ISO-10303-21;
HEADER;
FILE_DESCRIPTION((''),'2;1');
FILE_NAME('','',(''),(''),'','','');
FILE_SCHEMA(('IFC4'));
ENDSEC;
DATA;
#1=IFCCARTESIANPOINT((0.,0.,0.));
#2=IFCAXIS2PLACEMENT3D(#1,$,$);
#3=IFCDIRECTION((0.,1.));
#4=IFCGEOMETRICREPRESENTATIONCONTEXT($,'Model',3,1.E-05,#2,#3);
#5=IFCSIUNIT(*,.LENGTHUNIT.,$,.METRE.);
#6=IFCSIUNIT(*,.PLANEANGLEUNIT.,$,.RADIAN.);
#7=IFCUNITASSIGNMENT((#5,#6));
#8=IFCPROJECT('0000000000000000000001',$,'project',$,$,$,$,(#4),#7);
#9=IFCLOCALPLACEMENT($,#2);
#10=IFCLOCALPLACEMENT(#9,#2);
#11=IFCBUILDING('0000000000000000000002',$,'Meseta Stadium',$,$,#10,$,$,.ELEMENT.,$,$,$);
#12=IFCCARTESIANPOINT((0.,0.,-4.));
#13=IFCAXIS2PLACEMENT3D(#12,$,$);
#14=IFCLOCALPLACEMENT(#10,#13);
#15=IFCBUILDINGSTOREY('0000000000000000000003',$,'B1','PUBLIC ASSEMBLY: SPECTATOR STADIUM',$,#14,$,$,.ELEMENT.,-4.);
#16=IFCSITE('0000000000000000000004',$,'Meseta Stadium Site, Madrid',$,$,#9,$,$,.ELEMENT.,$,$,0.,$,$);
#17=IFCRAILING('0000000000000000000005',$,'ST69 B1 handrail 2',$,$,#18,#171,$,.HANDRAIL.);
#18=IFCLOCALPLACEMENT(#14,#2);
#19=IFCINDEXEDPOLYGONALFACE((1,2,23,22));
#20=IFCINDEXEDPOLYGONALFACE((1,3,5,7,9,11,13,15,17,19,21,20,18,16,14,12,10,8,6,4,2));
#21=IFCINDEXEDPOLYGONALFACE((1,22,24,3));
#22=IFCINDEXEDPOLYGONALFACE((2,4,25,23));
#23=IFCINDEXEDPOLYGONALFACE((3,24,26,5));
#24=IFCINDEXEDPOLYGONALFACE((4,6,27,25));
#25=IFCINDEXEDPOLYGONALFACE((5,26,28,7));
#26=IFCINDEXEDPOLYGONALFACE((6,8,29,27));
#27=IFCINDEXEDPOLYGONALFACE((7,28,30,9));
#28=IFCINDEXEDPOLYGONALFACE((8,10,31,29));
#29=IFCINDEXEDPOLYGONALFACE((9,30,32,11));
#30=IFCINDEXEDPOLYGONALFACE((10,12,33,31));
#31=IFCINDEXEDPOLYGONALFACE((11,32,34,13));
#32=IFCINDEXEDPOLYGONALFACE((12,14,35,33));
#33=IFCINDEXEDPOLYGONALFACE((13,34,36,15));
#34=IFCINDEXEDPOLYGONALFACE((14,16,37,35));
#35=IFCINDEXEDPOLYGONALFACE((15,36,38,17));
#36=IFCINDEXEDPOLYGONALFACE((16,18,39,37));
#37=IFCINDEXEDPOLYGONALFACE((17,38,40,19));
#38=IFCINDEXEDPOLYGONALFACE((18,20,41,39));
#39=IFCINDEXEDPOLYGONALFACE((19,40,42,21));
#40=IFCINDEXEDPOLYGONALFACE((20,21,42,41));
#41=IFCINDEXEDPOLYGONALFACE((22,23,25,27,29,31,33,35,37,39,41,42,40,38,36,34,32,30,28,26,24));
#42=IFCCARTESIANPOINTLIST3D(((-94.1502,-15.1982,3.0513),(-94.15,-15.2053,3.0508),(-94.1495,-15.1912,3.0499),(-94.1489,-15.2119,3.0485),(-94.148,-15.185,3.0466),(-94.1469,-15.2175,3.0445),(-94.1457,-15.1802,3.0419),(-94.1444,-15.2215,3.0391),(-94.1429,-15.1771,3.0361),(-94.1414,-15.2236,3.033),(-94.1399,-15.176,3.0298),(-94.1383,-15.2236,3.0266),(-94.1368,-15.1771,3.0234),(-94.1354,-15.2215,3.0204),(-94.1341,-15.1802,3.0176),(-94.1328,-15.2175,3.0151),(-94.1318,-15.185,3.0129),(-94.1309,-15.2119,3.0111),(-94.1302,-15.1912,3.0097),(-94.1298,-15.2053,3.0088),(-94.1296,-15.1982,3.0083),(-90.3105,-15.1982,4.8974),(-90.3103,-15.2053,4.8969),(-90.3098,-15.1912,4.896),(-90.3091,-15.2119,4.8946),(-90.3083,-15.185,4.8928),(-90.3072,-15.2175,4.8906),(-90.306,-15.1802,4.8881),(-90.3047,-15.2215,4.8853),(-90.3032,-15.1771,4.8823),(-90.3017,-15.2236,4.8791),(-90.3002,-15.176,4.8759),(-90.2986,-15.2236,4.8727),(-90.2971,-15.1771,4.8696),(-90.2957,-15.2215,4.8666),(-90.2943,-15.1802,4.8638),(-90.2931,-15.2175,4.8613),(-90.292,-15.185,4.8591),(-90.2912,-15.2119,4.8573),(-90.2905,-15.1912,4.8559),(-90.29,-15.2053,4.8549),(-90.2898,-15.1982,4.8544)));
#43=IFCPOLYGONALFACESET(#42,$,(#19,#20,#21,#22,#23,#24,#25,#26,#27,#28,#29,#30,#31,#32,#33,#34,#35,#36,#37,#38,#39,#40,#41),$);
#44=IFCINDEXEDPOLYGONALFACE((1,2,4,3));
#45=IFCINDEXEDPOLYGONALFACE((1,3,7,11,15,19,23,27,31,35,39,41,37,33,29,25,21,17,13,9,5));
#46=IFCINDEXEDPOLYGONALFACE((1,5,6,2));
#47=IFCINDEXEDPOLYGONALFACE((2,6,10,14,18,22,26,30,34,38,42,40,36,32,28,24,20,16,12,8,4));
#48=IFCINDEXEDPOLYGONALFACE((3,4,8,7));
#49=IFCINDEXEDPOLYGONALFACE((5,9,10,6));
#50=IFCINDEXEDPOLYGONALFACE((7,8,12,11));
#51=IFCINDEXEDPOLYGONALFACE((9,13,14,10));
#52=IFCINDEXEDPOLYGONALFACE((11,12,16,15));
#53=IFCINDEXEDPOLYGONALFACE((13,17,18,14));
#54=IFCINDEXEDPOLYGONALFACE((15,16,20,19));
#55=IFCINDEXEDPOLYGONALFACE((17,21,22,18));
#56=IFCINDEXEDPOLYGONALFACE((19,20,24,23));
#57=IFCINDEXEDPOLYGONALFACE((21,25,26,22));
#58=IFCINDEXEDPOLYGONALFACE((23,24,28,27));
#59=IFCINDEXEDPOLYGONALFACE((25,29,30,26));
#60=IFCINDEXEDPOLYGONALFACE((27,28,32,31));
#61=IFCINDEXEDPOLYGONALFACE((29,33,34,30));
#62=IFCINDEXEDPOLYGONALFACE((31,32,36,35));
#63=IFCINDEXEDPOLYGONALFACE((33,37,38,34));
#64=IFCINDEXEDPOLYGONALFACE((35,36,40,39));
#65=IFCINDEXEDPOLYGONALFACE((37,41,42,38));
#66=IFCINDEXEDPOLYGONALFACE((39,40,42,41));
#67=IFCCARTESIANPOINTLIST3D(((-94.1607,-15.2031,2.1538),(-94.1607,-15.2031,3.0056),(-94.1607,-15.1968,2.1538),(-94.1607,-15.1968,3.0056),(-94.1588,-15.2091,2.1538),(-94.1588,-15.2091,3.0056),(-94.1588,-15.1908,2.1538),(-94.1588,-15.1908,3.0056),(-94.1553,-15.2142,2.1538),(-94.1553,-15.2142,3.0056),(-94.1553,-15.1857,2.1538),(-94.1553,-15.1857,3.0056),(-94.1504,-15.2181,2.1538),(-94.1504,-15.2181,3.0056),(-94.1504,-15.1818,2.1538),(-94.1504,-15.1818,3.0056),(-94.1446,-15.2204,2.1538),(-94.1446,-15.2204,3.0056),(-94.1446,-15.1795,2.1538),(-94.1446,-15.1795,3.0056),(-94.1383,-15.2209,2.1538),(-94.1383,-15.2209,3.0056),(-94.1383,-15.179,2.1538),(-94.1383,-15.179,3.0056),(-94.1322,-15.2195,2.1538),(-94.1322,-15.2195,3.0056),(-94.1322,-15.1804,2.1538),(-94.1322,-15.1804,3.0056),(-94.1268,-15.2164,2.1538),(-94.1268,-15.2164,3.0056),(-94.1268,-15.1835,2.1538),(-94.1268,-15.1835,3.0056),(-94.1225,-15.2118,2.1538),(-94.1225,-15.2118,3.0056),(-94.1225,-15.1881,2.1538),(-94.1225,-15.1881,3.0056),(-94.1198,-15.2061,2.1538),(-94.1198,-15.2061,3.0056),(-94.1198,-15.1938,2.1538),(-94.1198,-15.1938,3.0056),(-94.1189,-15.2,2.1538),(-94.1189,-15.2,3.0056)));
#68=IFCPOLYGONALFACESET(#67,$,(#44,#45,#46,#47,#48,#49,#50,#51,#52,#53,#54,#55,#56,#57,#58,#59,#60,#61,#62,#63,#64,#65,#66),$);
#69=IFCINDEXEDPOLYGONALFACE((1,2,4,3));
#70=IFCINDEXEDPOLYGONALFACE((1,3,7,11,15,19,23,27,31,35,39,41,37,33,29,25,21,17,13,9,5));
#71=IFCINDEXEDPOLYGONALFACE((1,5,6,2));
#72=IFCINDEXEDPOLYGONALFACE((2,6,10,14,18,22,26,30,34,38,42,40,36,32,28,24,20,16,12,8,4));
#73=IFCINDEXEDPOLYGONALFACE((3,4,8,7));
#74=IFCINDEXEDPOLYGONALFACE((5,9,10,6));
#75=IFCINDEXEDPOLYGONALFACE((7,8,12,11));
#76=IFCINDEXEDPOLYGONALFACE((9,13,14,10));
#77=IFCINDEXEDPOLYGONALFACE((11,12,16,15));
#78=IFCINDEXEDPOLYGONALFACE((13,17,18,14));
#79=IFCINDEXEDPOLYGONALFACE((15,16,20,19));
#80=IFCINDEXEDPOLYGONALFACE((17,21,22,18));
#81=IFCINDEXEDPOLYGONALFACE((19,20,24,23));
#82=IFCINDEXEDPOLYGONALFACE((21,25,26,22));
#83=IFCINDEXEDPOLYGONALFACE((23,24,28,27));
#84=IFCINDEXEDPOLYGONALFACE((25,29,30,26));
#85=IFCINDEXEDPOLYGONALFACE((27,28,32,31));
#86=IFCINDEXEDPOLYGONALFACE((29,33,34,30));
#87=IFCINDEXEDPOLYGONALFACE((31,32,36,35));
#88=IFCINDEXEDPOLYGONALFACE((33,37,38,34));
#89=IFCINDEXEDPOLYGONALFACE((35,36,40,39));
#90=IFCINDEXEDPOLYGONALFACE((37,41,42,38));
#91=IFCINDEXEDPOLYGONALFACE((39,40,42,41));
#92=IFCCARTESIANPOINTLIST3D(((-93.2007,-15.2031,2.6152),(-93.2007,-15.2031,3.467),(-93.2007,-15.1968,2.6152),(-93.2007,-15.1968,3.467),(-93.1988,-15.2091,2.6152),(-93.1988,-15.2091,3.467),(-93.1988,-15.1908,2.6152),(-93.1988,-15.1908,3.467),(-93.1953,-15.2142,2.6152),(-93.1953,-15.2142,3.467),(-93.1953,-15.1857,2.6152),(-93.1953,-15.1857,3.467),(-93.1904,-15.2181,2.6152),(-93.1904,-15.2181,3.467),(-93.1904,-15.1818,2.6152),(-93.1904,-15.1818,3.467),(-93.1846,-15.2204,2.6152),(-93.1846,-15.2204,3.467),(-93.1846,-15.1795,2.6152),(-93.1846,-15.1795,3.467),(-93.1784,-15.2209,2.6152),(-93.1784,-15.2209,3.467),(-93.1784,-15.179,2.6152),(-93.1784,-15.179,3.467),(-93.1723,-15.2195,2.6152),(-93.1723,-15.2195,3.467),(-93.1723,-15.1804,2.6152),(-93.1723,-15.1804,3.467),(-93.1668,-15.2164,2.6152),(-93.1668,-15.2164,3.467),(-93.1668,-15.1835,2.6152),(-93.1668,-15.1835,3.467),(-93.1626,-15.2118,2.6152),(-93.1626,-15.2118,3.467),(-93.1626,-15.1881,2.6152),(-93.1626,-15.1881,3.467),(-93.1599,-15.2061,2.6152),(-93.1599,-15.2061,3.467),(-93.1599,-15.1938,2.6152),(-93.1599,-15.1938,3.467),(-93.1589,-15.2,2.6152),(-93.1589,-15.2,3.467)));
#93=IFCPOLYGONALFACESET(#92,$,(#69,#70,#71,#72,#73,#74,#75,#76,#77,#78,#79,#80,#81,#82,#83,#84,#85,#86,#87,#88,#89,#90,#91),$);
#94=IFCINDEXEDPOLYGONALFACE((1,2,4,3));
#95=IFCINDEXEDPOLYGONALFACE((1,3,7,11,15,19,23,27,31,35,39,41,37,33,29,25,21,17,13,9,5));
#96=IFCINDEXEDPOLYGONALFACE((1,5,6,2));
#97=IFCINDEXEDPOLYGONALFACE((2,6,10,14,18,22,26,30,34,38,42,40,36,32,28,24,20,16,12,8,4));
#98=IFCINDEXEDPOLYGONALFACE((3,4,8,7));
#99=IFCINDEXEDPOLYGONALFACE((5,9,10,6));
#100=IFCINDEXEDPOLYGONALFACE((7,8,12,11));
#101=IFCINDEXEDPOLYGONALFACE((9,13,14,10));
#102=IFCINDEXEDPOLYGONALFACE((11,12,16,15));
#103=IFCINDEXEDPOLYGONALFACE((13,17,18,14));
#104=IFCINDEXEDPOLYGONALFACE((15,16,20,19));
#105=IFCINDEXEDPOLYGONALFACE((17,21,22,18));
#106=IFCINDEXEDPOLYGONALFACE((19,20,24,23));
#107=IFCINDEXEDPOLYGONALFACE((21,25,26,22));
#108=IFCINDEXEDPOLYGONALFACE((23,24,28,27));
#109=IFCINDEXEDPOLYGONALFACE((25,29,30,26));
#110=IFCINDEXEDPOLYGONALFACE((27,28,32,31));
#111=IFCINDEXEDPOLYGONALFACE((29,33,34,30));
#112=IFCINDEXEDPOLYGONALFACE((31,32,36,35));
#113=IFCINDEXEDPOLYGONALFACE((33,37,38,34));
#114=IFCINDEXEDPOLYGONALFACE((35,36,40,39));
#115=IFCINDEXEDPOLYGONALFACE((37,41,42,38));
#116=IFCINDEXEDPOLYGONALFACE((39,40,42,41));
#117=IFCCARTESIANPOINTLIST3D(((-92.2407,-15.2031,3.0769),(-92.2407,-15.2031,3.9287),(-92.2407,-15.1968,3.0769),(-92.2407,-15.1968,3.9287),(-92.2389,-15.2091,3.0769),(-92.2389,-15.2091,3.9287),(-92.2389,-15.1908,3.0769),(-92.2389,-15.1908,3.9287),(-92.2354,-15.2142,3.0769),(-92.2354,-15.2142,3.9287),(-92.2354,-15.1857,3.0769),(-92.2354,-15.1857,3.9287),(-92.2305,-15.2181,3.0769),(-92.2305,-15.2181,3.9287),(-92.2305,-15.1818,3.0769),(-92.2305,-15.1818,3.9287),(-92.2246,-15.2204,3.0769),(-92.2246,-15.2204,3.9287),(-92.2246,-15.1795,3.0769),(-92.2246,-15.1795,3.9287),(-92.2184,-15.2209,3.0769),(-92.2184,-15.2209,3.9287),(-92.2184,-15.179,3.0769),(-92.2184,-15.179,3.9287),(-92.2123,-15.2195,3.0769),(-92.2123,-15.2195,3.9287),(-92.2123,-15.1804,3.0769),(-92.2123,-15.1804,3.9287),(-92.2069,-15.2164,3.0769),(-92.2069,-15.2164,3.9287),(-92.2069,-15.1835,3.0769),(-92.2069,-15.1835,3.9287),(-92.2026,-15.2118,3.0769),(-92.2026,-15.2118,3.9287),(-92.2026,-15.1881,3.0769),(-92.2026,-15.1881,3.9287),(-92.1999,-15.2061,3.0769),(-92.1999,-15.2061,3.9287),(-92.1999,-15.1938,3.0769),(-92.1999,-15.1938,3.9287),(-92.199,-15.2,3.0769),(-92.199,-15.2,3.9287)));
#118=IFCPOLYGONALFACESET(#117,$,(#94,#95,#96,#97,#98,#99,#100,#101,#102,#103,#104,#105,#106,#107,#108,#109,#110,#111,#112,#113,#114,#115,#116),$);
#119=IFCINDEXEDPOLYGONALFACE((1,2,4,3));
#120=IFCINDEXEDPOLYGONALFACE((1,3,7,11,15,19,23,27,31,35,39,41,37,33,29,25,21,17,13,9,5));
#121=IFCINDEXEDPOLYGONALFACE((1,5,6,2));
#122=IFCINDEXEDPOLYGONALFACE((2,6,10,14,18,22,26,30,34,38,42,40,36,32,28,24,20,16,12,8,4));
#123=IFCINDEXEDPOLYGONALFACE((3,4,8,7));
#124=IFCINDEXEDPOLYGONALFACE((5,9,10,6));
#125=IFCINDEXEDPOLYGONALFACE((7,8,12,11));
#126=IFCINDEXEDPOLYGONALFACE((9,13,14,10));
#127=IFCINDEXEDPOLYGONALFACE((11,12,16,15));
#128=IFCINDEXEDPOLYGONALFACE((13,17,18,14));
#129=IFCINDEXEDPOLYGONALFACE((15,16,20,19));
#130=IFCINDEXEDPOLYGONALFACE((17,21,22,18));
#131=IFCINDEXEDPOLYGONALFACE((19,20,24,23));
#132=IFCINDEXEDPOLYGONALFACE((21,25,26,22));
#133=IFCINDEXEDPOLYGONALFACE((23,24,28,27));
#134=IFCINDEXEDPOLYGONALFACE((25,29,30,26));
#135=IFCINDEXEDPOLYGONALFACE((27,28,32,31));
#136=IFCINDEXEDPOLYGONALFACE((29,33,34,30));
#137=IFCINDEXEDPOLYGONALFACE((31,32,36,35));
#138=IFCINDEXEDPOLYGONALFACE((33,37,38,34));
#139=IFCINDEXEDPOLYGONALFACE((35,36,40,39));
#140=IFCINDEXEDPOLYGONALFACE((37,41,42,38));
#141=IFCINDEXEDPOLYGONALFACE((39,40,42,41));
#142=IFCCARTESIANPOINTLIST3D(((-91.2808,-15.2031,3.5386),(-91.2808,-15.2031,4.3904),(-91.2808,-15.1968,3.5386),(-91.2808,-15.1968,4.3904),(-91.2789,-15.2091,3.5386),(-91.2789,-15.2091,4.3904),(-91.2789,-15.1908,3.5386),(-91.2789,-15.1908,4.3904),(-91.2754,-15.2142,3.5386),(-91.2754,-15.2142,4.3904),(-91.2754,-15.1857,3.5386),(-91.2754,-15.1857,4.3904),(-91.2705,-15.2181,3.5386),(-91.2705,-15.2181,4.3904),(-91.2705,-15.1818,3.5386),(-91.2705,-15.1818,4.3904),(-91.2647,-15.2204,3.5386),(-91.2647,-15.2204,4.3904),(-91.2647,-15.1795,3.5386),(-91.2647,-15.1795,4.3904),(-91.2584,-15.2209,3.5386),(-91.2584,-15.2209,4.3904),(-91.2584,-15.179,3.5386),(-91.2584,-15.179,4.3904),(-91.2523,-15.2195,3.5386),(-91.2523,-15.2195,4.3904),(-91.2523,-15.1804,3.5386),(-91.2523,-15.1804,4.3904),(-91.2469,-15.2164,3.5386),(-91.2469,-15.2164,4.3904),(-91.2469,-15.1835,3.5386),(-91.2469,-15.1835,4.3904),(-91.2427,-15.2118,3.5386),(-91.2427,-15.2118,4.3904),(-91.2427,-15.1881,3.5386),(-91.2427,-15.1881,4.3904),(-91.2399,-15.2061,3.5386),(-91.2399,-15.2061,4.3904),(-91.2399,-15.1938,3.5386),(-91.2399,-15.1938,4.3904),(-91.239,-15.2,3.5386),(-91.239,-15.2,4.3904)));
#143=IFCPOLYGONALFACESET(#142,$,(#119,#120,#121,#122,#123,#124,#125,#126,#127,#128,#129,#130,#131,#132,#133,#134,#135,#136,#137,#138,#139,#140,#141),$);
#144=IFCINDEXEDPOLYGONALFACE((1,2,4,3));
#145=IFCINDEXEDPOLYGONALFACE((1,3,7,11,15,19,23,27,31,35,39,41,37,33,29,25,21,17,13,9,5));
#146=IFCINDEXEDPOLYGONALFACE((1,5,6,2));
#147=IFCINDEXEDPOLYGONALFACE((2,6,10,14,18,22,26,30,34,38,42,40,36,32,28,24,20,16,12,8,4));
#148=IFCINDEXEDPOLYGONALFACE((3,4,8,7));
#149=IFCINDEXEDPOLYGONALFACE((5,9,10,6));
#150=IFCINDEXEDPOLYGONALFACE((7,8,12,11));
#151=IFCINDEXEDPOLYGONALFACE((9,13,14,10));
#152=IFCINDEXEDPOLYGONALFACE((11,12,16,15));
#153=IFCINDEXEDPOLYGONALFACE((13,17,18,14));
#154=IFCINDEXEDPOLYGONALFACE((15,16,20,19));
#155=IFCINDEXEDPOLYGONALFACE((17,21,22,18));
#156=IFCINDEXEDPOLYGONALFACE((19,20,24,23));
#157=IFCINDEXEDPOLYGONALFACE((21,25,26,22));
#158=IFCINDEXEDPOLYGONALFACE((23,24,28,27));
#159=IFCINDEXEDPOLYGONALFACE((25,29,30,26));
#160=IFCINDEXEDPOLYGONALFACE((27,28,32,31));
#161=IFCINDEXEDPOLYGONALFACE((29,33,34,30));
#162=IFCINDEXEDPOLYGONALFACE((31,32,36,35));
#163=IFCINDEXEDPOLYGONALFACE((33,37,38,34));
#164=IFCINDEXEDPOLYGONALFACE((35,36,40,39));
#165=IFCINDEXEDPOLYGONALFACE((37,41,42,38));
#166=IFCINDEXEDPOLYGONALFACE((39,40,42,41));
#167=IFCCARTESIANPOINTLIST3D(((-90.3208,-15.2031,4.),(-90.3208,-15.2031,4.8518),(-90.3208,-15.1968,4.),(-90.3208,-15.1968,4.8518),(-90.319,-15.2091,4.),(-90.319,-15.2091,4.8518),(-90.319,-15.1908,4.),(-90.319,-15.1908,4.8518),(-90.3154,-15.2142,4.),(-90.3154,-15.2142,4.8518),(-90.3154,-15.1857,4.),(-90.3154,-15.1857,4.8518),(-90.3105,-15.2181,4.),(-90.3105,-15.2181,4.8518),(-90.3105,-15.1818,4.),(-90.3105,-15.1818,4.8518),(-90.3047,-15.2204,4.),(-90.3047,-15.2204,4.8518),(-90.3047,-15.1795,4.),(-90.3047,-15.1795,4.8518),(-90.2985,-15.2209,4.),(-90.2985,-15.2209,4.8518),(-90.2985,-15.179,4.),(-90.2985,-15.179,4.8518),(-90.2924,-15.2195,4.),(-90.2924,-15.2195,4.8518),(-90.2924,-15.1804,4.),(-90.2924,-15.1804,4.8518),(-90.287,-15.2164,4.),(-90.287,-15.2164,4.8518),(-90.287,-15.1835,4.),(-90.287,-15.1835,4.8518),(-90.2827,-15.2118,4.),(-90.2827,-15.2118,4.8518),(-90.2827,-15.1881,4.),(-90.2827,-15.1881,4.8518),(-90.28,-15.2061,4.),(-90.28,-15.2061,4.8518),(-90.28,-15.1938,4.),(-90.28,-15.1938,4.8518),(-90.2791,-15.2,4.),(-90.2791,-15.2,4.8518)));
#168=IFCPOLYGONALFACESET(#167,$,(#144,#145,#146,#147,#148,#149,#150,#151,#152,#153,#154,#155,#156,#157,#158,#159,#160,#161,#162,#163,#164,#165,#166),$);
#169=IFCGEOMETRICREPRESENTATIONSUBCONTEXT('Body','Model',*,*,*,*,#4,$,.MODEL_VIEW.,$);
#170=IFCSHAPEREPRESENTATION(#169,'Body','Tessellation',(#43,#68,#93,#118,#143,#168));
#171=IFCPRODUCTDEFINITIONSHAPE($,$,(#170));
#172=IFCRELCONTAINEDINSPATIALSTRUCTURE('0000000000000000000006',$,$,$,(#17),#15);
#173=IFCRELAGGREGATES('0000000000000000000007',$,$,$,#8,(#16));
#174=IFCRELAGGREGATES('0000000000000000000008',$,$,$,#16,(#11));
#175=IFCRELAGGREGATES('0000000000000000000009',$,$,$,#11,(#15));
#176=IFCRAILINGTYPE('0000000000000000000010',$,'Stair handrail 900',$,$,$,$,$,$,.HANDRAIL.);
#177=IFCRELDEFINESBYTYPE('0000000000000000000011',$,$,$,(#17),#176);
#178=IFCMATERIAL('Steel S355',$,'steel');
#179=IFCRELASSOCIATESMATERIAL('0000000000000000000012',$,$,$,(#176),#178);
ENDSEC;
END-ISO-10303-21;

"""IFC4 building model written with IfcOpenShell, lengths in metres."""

from ifc_helpers import new_model, si_unit, direction, frame, origin, origin_2d, place, context, subcontext, project, spatial, circle, extrude, material, type_object, element, save


model = new_model("IFC4")

# Units and contexts
model_context = context("Model", 3, precision=1e-05, world=origin(), true_north=direction((0.0, 1.0)))
body_context = subcontext(model_context, "Body", "Model", "MODEL_VIEW")
ifc_project = project(units=[si_unit("LENGTHUNIT", "METRE"), si_unit("PLANEANGLEUNIT", "RADIAN")], contexts=[model_context])

# Site, building, storey
site_placement = place(None, origin())
site = spatial("IfcSite", under=ifc_project, at=site_placement, Name="Meseta Stadium Site, Madrid", CompositionType="ELEMENT", RefElevation=0.0)
building_placement = place(site_placement, origin())
building = spatial("IfcBuilding", under=site, at=building_placement, Name="Meseta Stadium", CompositionType="ELEMENT")
storey_placement = place(building_placement, frame((0.0, 0.0, -4.0)))
storey = spatial("IfcBuildingStorey", under=building, at=storey_placement, Name="B1", Description="PUBLIC ASSEMBLY: SPECTATOR STADIUM", CompositionType="ELEMENT", Elevation=-4.0)

# Railing
ifc_material_1 = material(Name="Steel S355", Category="steel")
railing_type_1 = type_object("IfcRailingType", Name="Stair handrail 900", PredefinedType="HANDRAIL", material=ifc_material_1)
for number, where, name in (
    (1, (-94.1399, -15.2, 2.1538), "ST69 B1 handrail 2"),
):
    element("IfcRailing", number, at=place(storey_placement, frame(where)), inside=storey, type_object=railing_type_1, Name=name, PredefinedType="HANDRAIL", context=body_context, shape_type="SweptSolid", body=[
        extrude(circle(Radius=0.0239, at=origin_2d()), frame((0.0, 0.0, 0.876), z_axis=(0.901242, 0.0, 0.433316), x_axis=(0.0, 1.0, 0.0)), (0.0, 0.0, 1.0), 4.2605),
        extrude(circle(Radius=0.021, at=origin_2d()), origin(), (0.0, 0.0, 1.0), 0.8518),
        extrude(circle(Radius=0.021, at=origin_2d()), frame((0.96, 0.0, 0.4614)), (0.0, 0.0, 1.0), 0.8518),
        extrude(circle(Radius=0.021, at=origin_2d()), frame((1.9199, 0.0, 0.9231)), (0.0, 0.0, 1.0), 0.8518),
        extrude(circle(Radius=0.021, at=origin_2d()), frame((2.8799, 0.0, 1.3848)), (0.0, 0.0, 1.0), 0.8518),
        extrude(circle(Radius=0.021, at=origin_2d()), frame((3.8398, 0.0, 1.8462)), (0.0, 0.0, 1.0), 0.8518),
    ])

save(model, "model.ifc")
